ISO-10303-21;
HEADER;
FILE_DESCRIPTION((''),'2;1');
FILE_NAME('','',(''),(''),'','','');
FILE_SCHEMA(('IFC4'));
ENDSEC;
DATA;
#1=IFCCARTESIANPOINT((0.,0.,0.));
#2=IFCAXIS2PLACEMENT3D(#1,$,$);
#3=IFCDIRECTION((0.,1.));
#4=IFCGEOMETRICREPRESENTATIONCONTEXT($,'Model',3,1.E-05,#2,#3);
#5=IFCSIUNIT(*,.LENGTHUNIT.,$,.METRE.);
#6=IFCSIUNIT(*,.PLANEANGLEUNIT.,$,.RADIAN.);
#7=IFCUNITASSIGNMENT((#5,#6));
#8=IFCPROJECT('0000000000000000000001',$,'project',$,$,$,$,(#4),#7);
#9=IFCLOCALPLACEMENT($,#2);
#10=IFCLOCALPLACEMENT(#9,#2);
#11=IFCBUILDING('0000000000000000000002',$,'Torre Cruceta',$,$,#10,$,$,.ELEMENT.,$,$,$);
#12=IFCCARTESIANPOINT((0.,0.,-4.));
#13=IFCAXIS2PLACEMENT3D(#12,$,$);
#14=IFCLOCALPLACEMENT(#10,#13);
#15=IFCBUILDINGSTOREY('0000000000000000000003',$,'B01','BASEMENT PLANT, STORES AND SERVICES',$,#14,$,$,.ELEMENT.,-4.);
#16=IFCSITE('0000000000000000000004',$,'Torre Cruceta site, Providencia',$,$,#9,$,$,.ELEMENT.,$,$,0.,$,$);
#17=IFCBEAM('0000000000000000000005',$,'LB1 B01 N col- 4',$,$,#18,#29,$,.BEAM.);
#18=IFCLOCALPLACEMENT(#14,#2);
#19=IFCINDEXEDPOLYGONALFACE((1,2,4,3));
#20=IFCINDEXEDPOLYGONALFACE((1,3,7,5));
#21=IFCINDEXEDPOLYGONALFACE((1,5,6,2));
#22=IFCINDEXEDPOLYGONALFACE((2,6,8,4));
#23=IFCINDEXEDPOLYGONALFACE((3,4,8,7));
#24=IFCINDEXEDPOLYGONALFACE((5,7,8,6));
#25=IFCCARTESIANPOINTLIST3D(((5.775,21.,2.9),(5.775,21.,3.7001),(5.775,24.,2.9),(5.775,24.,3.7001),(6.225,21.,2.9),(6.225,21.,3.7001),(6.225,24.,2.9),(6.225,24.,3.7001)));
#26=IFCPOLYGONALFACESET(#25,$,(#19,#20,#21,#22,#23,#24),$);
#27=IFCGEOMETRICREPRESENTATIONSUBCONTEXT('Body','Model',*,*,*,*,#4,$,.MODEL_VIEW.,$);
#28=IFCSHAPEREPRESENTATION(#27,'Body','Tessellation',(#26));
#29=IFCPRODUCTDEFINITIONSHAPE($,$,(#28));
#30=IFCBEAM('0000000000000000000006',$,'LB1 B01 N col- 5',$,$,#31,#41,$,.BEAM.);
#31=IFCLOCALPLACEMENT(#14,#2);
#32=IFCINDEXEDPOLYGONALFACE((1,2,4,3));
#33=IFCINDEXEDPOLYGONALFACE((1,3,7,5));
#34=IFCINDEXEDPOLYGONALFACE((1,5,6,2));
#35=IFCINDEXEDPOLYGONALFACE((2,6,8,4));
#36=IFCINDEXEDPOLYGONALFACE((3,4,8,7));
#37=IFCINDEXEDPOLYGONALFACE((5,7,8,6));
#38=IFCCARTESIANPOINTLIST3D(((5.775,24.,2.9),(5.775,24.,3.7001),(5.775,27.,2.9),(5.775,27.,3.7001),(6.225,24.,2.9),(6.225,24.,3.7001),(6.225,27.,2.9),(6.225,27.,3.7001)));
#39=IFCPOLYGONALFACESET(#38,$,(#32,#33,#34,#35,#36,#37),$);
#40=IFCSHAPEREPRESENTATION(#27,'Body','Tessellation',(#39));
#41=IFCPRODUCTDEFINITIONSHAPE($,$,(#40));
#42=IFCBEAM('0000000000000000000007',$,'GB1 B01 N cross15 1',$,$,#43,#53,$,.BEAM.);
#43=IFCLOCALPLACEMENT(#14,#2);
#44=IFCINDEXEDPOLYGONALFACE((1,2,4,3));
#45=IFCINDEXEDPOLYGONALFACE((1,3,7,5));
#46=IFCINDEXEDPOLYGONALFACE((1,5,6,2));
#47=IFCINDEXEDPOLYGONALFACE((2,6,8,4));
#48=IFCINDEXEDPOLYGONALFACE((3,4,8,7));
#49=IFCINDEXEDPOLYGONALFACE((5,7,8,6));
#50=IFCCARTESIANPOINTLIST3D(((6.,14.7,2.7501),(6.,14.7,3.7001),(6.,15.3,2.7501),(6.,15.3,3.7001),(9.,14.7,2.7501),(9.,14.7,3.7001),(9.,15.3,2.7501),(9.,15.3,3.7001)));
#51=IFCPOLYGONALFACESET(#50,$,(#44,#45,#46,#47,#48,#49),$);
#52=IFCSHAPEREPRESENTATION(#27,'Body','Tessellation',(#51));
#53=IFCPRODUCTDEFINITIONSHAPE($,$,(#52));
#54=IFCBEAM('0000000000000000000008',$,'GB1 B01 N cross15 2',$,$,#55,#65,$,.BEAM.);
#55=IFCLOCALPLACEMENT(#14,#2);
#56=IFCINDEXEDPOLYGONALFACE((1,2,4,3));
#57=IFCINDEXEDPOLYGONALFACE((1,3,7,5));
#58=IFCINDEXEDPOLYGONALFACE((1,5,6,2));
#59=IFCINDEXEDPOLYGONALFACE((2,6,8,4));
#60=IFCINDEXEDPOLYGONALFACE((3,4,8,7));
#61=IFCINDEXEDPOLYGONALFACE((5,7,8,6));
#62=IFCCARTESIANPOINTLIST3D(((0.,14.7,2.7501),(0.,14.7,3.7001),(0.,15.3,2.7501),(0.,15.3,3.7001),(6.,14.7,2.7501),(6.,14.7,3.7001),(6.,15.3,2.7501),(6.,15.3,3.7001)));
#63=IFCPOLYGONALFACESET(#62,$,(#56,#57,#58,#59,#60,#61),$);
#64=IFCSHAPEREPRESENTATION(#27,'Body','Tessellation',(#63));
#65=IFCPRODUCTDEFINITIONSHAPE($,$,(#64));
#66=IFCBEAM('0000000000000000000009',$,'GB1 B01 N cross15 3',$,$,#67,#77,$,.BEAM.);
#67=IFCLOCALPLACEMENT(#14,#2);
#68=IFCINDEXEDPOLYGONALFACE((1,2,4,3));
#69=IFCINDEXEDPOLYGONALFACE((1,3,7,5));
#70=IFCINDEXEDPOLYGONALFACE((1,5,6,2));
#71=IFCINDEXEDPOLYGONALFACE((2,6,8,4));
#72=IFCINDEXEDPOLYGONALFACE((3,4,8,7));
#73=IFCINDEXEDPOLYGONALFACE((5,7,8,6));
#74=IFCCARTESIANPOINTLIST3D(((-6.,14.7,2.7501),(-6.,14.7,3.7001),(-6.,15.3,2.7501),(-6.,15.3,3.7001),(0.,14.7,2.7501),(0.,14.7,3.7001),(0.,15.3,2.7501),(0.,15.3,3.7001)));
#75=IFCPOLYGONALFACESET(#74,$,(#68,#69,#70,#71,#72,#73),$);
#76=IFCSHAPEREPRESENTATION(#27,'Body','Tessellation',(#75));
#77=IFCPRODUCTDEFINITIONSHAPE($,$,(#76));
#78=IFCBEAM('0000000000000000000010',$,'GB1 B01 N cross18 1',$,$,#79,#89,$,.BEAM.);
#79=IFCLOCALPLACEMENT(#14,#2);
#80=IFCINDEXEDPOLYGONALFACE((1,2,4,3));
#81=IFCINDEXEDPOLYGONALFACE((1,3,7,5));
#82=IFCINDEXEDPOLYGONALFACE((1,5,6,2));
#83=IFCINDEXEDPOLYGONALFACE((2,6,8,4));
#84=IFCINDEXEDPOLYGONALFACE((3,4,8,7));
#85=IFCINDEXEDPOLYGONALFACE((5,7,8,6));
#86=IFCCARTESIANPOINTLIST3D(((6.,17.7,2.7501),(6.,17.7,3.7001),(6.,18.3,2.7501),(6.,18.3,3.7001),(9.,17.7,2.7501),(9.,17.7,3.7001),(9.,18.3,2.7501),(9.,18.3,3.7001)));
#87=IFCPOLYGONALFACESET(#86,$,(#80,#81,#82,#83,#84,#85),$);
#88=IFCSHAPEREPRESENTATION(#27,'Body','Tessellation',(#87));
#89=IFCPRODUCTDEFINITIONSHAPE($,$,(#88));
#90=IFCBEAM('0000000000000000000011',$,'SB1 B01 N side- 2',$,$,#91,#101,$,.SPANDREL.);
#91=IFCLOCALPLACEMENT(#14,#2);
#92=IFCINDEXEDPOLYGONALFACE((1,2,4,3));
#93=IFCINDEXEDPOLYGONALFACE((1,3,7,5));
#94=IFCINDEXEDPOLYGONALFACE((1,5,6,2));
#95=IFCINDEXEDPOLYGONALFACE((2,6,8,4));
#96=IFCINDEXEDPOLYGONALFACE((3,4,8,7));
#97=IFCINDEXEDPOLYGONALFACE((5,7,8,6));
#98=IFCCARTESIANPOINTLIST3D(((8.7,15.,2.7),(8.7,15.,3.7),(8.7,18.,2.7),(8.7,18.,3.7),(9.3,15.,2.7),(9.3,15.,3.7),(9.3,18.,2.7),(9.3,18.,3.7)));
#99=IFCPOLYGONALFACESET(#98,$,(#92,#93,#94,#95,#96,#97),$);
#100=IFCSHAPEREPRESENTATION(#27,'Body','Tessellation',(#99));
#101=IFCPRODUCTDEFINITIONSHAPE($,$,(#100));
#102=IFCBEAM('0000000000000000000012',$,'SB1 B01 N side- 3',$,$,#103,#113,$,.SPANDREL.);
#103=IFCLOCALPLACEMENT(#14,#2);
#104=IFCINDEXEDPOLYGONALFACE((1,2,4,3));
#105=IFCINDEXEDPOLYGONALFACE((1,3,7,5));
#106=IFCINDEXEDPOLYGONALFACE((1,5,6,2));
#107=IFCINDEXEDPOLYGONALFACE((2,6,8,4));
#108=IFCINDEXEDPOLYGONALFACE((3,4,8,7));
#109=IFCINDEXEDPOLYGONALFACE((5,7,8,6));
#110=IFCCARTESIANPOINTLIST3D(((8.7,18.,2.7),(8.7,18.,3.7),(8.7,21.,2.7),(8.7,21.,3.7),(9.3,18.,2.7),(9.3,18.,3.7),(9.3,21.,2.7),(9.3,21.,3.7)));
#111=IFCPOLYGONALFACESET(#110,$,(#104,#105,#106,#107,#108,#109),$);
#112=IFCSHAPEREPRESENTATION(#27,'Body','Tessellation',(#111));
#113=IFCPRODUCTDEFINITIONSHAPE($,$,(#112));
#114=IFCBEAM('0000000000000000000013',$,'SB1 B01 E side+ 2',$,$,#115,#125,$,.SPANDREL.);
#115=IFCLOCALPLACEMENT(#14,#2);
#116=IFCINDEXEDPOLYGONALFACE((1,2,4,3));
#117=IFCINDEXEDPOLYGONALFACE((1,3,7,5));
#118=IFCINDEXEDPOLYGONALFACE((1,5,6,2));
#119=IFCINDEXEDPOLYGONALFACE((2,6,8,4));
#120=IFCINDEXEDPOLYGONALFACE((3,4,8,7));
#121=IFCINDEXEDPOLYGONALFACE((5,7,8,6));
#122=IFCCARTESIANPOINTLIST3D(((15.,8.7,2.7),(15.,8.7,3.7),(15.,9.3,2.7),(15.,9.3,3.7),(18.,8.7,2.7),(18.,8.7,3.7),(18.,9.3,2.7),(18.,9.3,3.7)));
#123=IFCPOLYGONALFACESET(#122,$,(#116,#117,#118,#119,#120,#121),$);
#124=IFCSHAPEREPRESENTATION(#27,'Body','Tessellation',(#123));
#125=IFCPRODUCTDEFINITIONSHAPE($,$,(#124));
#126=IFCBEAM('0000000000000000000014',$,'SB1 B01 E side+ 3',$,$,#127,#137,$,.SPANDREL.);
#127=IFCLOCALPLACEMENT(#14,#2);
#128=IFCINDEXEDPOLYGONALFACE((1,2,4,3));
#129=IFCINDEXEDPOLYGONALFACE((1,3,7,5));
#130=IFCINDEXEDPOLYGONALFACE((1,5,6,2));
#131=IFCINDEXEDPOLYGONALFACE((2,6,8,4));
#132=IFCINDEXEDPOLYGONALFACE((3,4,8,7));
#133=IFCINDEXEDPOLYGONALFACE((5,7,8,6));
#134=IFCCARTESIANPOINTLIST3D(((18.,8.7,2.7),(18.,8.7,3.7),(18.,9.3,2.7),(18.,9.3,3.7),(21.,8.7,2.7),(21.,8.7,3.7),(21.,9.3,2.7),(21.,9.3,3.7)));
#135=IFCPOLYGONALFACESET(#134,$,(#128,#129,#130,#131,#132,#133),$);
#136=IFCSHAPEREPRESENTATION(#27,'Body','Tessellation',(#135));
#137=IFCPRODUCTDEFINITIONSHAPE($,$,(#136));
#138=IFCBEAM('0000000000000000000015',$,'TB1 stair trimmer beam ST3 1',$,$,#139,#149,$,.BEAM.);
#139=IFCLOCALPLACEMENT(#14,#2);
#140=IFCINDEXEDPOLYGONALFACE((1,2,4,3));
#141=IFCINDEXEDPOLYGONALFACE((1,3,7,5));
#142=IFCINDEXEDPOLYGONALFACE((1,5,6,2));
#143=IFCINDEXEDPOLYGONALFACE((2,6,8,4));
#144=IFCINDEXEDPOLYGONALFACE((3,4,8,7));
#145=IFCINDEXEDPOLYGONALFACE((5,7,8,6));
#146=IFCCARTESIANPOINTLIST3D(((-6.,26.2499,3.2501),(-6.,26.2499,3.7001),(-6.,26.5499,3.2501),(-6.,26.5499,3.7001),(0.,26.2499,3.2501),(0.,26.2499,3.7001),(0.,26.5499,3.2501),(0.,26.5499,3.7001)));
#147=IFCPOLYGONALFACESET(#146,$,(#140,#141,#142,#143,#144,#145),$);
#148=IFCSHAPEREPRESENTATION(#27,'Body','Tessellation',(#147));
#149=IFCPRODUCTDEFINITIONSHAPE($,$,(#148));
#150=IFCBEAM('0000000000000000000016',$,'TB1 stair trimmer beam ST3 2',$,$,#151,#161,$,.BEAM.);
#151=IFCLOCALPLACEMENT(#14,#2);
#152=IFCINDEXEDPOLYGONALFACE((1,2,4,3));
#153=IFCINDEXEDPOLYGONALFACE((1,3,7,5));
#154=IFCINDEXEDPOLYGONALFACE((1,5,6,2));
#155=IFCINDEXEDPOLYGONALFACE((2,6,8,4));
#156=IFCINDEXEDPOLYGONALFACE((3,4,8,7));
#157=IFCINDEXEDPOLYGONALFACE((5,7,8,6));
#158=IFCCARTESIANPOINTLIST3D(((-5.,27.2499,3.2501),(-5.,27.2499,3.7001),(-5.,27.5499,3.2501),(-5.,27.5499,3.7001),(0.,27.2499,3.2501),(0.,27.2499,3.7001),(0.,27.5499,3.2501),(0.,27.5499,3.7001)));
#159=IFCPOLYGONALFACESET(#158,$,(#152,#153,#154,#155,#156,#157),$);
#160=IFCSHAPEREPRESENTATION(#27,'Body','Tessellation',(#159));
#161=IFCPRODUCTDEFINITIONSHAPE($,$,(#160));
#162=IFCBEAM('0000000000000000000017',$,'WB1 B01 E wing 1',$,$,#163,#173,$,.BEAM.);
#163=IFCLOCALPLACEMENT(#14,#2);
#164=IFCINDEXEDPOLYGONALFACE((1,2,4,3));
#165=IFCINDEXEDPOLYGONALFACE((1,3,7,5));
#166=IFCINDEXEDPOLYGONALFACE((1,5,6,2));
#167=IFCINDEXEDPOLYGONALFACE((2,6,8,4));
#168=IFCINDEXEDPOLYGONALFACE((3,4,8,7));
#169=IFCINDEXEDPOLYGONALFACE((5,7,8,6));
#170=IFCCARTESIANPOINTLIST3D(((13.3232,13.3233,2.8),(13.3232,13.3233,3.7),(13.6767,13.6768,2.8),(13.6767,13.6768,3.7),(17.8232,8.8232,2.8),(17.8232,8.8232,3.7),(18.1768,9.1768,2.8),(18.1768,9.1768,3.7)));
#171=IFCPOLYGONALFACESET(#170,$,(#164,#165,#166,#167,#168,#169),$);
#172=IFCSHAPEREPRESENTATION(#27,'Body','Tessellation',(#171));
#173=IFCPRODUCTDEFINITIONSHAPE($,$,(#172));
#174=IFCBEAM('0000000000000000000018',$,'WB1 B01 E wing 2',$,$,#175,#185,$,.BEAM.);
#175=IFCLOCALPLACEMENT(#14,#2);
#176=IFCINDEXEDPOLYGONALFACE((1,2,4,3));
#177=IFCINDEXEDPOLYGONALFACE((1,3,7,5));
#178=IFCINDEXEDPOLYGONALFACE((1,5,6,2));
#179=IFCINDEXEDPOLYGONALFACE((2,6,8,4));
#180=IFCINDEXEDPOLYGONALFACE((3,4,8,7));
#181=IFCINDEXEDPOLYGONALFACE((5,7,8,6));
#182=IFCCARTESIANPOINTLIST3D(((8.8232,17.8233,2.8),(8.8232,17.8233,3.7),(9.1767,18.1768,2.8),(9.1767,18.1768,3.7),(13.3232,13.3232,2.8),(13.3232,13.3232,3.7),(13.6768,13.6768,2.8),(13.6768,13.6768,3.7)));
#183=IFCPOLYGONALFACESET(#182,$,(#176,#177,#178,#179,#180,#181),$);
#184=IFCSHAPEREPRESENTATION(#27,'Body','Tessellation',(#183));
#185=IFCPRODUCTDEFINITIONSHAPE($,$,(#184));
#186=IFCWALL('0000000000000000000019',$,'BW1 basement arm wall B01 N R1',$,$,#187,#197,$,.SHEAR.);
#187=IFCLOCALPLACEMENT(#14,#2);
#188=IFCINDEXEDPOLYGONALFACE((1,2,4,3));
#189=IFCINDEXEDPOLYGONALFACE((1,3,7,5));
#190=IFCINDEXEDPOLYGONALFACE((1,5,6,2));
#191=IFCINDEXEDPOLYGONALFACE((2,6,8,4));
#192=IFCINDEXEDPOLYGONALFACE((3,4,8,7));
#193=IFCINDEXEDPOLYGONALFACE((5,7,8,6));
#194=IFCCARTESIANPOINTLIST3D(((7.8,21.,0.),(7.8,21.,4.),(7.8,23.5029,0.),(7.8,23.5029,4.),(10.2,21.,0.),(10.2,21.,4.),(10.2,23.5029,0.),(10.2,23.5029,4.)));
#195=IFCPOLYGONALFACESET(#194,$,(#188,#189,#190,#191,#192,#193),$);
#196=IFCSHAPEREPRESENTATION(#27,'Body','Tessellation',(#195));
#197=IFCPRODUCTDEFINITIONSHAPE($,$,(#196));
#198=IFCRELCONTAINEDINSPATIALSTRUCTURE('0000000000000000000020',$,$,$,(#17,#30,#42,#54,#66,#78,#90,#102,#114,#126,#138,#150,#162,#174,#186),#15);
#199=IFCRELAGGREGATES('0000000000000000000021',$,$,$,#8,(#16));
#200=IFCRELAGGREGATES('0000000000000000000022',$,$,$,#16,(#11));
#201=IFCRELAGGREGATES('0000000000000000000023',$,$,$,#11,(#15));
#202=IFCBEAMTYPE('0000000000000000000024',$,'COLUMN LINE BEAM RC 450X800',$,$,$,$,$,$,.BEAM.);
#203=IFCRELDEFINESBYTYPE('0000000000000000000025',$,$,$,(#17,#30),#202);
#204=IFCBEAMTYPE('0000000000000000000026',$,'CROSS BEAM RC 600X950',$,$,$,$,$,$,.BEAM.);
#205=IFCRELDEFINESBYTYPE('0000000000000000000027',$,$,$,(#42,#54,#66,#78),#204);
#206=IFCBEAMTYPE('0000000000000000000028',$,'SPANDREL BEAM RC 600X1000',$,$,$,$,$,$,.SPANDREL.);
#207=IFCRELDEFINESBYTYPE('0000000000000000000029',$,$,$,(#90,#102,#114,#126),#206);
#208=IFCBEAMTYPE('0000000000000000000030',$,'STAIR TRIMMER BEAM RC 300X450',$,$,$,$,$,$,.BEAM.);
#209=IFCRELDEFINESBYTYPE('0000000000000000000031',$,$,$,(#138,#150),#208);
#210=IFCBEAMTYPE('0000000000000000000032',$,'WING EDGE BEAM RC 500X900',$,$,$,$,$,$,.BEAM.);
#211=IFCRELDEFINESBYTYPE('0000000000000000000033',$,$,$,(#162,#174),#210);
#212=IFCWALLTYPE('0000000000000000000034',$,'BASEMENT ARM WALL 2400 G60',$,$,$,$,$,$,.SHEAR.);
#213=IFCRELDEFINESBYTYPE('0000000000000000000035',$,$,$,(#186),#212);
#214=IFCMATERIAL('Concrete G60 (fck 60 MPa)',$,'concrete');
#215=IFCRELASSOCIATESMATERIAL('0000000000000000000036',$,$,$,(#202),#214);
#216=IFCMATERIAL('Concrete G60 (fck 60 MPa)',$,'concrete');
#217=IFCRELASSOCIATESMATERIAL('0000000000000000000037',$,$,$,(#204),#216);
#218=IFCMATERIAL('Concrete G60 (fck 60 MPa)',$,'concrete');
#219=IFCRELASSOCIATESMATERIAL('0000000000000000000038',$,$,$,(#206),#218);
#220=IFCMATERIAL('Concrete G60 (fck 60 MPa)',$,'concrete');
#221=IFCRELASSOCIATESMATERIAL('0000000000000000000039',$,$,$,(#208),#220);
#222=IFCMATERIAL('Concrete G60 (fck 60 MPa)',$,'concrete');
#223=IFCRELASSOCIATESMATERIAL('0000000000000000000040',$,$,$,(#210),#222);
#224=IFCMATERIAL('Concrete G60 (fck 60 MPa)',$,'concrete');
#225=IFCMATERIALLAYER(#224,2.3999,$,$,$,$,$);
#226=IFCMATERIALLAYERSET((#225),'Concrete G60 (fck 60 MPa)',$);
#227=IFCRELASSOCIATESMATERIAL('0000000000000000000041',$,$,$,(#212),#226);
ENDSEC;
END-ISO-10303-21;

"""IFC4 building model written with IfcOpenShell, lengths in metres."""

from ifc_helpers import new_model, si_unit, direction, frame, frame_2d, origin, origin_2d, place, context, subcontext, project, spatial, rectangle, extrude, material, layer, layer_set, material_profile, profile_set, type_object, element, save


model = new_model("IFC4")

# Units and contexts
model_context = context("Model", 3, precision=1e-05, world=origin(), true_north=direction((0.0, 1.0)))
body_context = subcontext(model_context, "Body", "Model", "MODEL_VIEW")
ifc_project = project(units=[si_unit("LENGTHUNIT", "METRE"), si_unit("PLANEANGLEUNIT", "RADIAN")], contexts=[model_context])

# Site, building, storey
site_placement = place(None, origin())
site = spatial("IfcSite", under=ifc_project, at=site_placement, Name="Torre Cruceta site, Providencia", CompositionType="ELEMENT", RefElevation=0.0)
building_placement = place(site_placement, origin())
building = spatial("IfcBuilding", under=site, at=building_placement, Name="Torre Cruceta", CompositionType="ELEMENT")
storey_placement = place(building_placement, frame((0.0, 0.0, -4.0)))
storey = spatial("IfcBuildingStorey", under=building, at=storey_placement, Name="B01", Description="BASEMENT PLANT, STORES AND SERVICES", CompositionType="ELEMENT", Elevation=-4.0)

# Beams
ifc_material_1 = material(Name="Concrete G60 (fck 60 MPa)", Category="concrete")
ifc_material_profile_1 = material_profile(ifc_material_1, rectangle(XDim=0.45, YDim=0.8, at=origin_2d()), Name="RC 450X800")
ifc_profile_set_1 = profile_set([ifc_material_profile_1], Name="Concrete G60 (fck 60 MPa)")
beam_type_1 = type_object("IfcBeamType", Name="COLUMN LINE BEAM RC 450X800", PredefinedType="BEAM", material=ifc_profile_set_1)
for number, where, z_axis, x_axis, name in (
    (1, (6.0, 21.0, 3.3), (0.0, 1.0, 0.0), (-1.0, 0.0, 0.0), "LB1 B01 N col- 4"),
    (2, (6.0, 24.0, 3.3), (0.0, 1.0, 0.0), (-1.0, 0.0, 0.0), "LB1 B01 N col- 5"),
):
    element("IfcBeam", number, at=place(storey_placement, frame(where, z_axis=z_axis, x_axis=x_axis)), inside=storey, type_object=beam_type_1, Name=name, PredefinedType="BEAM", context=body_context, shape_type="SweptSolid", body=[
        extrude(rectangle(XDim=0.45, YDim=0.8, at=origin_2d()), origin(), (0.0, 0.0, 1.0), 3.0),
    ])
ifc_material_2 = material(Name="Concrete G60 (fck 60 MPa)", Category="concrete")
ifc_material_profile_2 = material_profile(ifc_material_2, rectangle(XDim=0.6001, YDim=0.95, at=origin_2d()), Name="RC 600X950")
ifc_profile_set_2 = profile_set([ifc_material_profile_2], Name="Concrete G60 (fck 60 MPa)")
beam_type_2 = type_object("IfcBeamType", Name="CROSS BEAM RC 600X950", PredefinedType="BEAM", material=ifc_profile_set_2)
beam_1_placement = place(storey_placement, frame((9.0, 15.0, 3.2251), z_axis=(-1.0, 0.0, 0.0), x_axis=(0.0, -1.0, 0.0)))
element("IfcBeam", 3, at=beam_1_placement, inside=storey, type_object=beam_type_2, Name="GB1 B01 N cross15 1", PredefinedType="BEAM", context=body_context, shape_type="SweptSolid", body=[
    extrude(rectangle(XDim=0.6001, YDim=0.95, at=origin_2d()), origin(), (0.0, 0.0, 1.0), 3.0),
])
for number, where, z_axis, x_axis, name in (
    (4, (6.0, 15.0, 3.2251), (-1.0, 0.0, 0.0), (0.0, -1.0, 0.0), "GB1 B01 N cross15 2"),
    (5, (0.0, 15.0, 3.2251), (-1.0, 0.0, 0.0), (0.0, -1.0, 0.0), "GB1 B01 N cross15 3"),
):
    element("IfcBeam", number, at=place(storey_placement, frame(where, z_axis=z_axis, x_axis=x_axis)), inside=storey, type_object=beam_type_2, Name=name, PredefinedType="BEAM", context=body_context, shape_type="SweptSolid", body=[
        extrude(rectangle(XDim=0.6001, YDim=0.95, at=origin_2d()), origin(), (0.0, 0.0, 1.0), 6.0),
    ])
beam_2_placement = place(storey_placement, frame((9.0, 18.0, 3.2251), z_axis=(-1.0, 0.0, 0.0), x_axis=(0.0, -1.0, 0.0)))
element("IfcBeam", 6, at=beam_2_placement, inside=storey, type_object=beam_type_2, Name="GB1 B01 N cross18 1", PredefinedType="BEAM", context=body_context, shape_type="SweptSolid", body=[
    extrude(rectangle(XDim=0.6001, YDim=0.95, at=origin_2d()), origin(), (0.0, 0.0, 1.0), 3.0),
])
ifc_material_3 = material(Name="Concrete G60 (fck 60 MPa)", Category="concrete")
ifc_material_profile_3 = material_profile(ifc_material_3, rectangle(XDim=0.6001, YDim=1.0, at=origin_2d()), Name="RC 600X1000")
ifc_profile_set_3 = profile_set([ifc_material_profile_3], Name="Concrete G60 (fck 60 MPa)")
beam_type_3 = type_object("IfcBeamType", Name="SPANDREL BEAM RC 600X1000", PredefinedType="SPANDREL", material=ifc_profile_set_3)
for number, where, z_axis, x_axis, name in (
    (7, (9.0, 15.0, 3.2), (0.0, 1.0, 0.0), (-1.0, 0.0, 0.0), "SB1 B01 N side- 2"),
    (8, (9.0, 18.0, 3.2), (0.0, 1.0, 0.0), (-1.0, 0.0, 0.0), "SB1 B01 N side- 3"),
    (9, (15.0, 9.0, 3.2), (1.0, 0.0, 0.0), (0.0, 1.0, 0.0), "SB1 B01 E side+ 2"),
    (10, (18.0, 9.0, 3.2), (1.0, 0.0, 0.0), (0.0, 1.0, 0.0), "SB1 B01 E side+ 3"),
):
    element("IfcBeam", number, at=place(storey_placement, frame(where, z_axis=z_axis, x_axis=x_axis)), inside=storey, type_object=beam_type_3, Name=name, PredefinedType="SPANDREL", context=body_context, shape_type="SweptSolid", body=[
        extrude(rectangle(XDim=0.6001, YDim=1.0, at=origin_2d()), origin(), (0.0, 0.0, 1.0), 3.0),
    ])
ifc_material_4 = material(Name="Concrete G60 (fck 60 MPa)", Category="concrete")
ifc_material_profile_4 = material_profile(ifc_material_4, rectangle(XDim=0.3, YDim=0.45, at=origin_2d()), Name="RC 300X450")
ifc_profile_set_4 = profile_set([ifc_material_profile_4], Name="Concrete G60 (fck 60 MPa)")
beam_type_4 = type_object("IfcBeamType", Name="STAIR TRIMMER BEAM RC 300X450", PredefinedType="BEAM", material=ifc_profile_set_4)
beam_3_placement = place(storey_placement, frame((0.0, 26.3999, 3.4751), z_axis=(-1.0, 0.0, 0.0), x_axis=(0.0, -1.0, 0.0)))
element("IfcBeam", 11, at=beam_3_placement, inside=storey, type_object=beam_type_4, Name="TB1 stair trimmer beam ST3 1", PredefinedType="BEAM", context=body_context, shape_type="SweptSolid", body=[
    extrude(rectangle(XDim=0.3, YDim=0.45, at=origin_2d()), origin(), (0.0, 0.0, 1.0), 6.0),
])
beam_4_placement = place(storey_placement, frame((0.0, 27.3999, 3.4751), z_axis=(-1.0, 0.0, 0.0), x_axis=(0.0, -1.0, 0.0)))
element("IfcBeam", 12, at=beam_4_placement, inside=storey, type_object=beam_type_4, Name="TB1 stair trimmer beam ST3 2", PredefinedType="BEAM", context=body_context, shape_type="SweptSolid", body=[
    extrude(rectangle(XDim=0.3, YDim=0.45, at=origin_2d()), origin(), (0.0, 0.0, 1.0), 5.0),
])
ifc_material_5 = material(Name="Concrete G60 (fck 60 MPa)", Category="concrete")
ifc_material_profile_5 = material_profile(ifc_material_5, rectangle(XDim=0.5, YDim=0.8999, at=origin_2d()), Name="RC 500X900")
ifc_profile_set_5 = profile_set([ifc_material_profile_5], Name="Concrete G60 (fck 60 MPa)")
beam_type_5 = type_object("IfcBeamType", Name="WING EDGE BEAM RC 500X900", PredefinedType="BEAM", material=ifc_profile_set_5)
for number, where, z_axis, x_axis, name in (
    (13, (18.0, 9.0, 3.25), (-0.707107, 0.707107, 0.0), (-0.707107, -0.707107, 0.0), "WB1 B01 E wing 1"),
    (14, (13.5, 13.5, 3.25), (-0.707107, 0.707107, 0.0), (-0.707107, -0.707107, 0.0), "WB1 B01 E wing 2"),
):
    element("IfcBeam", number, at=place(storey_placement, frame(where, z_axis=z_axis, x_axis=x_axis)), inside=storey, type_object=beam_type_5, Name=name, PredefinedType="BEAM", context=body_context, shape_type="SweptSolid", body=[
        extrude(rectangle(XDim=0.5, YDim=0.8999, at=origin_2d()), origin(), (0.0, 0.0, 1.0), 6.364),
    ])

# Wall
ifc_material_6 = material(Name="Concrete G60 (fck 60 MPa)", Category="concrete")
ifc_layer_1 = layer(ifc_material_6, 2.3999)
ifc_layer_set_1 = layer_set([ifc_layer_1], Name="Concrete G60 (fck 60 MPa)")
wall_type_1 = type_object("IfcWallType", Name="BASEMENT ARM WALL 2400 G60", PredefinedType="SHEAR", material=ifc_layer_set_1)
wall_1_placement = place(storey_placement, frame((9.0, 21.0, 0.0), z_axis=(0.0, 0.0, 1.0), x_axis=(0.0, 1.0, 0.0)))
element("IfcWall", 15, at=wall_1_placement, inside=storey, type_object=wall_type_1, Name="BW1 basement arm wall B01 N R1", PredefinedType="SHEAR", context=body_context, shape_type="SweptSolid", body=[
    extrude(rectangle(XDim=2.5029, YDim=2.3999, at=frame_2d((1.2515, 0.0))), origin(), (0.0, 0.0, 1.0), 4.0),
])

save(model, "model.ifc")
